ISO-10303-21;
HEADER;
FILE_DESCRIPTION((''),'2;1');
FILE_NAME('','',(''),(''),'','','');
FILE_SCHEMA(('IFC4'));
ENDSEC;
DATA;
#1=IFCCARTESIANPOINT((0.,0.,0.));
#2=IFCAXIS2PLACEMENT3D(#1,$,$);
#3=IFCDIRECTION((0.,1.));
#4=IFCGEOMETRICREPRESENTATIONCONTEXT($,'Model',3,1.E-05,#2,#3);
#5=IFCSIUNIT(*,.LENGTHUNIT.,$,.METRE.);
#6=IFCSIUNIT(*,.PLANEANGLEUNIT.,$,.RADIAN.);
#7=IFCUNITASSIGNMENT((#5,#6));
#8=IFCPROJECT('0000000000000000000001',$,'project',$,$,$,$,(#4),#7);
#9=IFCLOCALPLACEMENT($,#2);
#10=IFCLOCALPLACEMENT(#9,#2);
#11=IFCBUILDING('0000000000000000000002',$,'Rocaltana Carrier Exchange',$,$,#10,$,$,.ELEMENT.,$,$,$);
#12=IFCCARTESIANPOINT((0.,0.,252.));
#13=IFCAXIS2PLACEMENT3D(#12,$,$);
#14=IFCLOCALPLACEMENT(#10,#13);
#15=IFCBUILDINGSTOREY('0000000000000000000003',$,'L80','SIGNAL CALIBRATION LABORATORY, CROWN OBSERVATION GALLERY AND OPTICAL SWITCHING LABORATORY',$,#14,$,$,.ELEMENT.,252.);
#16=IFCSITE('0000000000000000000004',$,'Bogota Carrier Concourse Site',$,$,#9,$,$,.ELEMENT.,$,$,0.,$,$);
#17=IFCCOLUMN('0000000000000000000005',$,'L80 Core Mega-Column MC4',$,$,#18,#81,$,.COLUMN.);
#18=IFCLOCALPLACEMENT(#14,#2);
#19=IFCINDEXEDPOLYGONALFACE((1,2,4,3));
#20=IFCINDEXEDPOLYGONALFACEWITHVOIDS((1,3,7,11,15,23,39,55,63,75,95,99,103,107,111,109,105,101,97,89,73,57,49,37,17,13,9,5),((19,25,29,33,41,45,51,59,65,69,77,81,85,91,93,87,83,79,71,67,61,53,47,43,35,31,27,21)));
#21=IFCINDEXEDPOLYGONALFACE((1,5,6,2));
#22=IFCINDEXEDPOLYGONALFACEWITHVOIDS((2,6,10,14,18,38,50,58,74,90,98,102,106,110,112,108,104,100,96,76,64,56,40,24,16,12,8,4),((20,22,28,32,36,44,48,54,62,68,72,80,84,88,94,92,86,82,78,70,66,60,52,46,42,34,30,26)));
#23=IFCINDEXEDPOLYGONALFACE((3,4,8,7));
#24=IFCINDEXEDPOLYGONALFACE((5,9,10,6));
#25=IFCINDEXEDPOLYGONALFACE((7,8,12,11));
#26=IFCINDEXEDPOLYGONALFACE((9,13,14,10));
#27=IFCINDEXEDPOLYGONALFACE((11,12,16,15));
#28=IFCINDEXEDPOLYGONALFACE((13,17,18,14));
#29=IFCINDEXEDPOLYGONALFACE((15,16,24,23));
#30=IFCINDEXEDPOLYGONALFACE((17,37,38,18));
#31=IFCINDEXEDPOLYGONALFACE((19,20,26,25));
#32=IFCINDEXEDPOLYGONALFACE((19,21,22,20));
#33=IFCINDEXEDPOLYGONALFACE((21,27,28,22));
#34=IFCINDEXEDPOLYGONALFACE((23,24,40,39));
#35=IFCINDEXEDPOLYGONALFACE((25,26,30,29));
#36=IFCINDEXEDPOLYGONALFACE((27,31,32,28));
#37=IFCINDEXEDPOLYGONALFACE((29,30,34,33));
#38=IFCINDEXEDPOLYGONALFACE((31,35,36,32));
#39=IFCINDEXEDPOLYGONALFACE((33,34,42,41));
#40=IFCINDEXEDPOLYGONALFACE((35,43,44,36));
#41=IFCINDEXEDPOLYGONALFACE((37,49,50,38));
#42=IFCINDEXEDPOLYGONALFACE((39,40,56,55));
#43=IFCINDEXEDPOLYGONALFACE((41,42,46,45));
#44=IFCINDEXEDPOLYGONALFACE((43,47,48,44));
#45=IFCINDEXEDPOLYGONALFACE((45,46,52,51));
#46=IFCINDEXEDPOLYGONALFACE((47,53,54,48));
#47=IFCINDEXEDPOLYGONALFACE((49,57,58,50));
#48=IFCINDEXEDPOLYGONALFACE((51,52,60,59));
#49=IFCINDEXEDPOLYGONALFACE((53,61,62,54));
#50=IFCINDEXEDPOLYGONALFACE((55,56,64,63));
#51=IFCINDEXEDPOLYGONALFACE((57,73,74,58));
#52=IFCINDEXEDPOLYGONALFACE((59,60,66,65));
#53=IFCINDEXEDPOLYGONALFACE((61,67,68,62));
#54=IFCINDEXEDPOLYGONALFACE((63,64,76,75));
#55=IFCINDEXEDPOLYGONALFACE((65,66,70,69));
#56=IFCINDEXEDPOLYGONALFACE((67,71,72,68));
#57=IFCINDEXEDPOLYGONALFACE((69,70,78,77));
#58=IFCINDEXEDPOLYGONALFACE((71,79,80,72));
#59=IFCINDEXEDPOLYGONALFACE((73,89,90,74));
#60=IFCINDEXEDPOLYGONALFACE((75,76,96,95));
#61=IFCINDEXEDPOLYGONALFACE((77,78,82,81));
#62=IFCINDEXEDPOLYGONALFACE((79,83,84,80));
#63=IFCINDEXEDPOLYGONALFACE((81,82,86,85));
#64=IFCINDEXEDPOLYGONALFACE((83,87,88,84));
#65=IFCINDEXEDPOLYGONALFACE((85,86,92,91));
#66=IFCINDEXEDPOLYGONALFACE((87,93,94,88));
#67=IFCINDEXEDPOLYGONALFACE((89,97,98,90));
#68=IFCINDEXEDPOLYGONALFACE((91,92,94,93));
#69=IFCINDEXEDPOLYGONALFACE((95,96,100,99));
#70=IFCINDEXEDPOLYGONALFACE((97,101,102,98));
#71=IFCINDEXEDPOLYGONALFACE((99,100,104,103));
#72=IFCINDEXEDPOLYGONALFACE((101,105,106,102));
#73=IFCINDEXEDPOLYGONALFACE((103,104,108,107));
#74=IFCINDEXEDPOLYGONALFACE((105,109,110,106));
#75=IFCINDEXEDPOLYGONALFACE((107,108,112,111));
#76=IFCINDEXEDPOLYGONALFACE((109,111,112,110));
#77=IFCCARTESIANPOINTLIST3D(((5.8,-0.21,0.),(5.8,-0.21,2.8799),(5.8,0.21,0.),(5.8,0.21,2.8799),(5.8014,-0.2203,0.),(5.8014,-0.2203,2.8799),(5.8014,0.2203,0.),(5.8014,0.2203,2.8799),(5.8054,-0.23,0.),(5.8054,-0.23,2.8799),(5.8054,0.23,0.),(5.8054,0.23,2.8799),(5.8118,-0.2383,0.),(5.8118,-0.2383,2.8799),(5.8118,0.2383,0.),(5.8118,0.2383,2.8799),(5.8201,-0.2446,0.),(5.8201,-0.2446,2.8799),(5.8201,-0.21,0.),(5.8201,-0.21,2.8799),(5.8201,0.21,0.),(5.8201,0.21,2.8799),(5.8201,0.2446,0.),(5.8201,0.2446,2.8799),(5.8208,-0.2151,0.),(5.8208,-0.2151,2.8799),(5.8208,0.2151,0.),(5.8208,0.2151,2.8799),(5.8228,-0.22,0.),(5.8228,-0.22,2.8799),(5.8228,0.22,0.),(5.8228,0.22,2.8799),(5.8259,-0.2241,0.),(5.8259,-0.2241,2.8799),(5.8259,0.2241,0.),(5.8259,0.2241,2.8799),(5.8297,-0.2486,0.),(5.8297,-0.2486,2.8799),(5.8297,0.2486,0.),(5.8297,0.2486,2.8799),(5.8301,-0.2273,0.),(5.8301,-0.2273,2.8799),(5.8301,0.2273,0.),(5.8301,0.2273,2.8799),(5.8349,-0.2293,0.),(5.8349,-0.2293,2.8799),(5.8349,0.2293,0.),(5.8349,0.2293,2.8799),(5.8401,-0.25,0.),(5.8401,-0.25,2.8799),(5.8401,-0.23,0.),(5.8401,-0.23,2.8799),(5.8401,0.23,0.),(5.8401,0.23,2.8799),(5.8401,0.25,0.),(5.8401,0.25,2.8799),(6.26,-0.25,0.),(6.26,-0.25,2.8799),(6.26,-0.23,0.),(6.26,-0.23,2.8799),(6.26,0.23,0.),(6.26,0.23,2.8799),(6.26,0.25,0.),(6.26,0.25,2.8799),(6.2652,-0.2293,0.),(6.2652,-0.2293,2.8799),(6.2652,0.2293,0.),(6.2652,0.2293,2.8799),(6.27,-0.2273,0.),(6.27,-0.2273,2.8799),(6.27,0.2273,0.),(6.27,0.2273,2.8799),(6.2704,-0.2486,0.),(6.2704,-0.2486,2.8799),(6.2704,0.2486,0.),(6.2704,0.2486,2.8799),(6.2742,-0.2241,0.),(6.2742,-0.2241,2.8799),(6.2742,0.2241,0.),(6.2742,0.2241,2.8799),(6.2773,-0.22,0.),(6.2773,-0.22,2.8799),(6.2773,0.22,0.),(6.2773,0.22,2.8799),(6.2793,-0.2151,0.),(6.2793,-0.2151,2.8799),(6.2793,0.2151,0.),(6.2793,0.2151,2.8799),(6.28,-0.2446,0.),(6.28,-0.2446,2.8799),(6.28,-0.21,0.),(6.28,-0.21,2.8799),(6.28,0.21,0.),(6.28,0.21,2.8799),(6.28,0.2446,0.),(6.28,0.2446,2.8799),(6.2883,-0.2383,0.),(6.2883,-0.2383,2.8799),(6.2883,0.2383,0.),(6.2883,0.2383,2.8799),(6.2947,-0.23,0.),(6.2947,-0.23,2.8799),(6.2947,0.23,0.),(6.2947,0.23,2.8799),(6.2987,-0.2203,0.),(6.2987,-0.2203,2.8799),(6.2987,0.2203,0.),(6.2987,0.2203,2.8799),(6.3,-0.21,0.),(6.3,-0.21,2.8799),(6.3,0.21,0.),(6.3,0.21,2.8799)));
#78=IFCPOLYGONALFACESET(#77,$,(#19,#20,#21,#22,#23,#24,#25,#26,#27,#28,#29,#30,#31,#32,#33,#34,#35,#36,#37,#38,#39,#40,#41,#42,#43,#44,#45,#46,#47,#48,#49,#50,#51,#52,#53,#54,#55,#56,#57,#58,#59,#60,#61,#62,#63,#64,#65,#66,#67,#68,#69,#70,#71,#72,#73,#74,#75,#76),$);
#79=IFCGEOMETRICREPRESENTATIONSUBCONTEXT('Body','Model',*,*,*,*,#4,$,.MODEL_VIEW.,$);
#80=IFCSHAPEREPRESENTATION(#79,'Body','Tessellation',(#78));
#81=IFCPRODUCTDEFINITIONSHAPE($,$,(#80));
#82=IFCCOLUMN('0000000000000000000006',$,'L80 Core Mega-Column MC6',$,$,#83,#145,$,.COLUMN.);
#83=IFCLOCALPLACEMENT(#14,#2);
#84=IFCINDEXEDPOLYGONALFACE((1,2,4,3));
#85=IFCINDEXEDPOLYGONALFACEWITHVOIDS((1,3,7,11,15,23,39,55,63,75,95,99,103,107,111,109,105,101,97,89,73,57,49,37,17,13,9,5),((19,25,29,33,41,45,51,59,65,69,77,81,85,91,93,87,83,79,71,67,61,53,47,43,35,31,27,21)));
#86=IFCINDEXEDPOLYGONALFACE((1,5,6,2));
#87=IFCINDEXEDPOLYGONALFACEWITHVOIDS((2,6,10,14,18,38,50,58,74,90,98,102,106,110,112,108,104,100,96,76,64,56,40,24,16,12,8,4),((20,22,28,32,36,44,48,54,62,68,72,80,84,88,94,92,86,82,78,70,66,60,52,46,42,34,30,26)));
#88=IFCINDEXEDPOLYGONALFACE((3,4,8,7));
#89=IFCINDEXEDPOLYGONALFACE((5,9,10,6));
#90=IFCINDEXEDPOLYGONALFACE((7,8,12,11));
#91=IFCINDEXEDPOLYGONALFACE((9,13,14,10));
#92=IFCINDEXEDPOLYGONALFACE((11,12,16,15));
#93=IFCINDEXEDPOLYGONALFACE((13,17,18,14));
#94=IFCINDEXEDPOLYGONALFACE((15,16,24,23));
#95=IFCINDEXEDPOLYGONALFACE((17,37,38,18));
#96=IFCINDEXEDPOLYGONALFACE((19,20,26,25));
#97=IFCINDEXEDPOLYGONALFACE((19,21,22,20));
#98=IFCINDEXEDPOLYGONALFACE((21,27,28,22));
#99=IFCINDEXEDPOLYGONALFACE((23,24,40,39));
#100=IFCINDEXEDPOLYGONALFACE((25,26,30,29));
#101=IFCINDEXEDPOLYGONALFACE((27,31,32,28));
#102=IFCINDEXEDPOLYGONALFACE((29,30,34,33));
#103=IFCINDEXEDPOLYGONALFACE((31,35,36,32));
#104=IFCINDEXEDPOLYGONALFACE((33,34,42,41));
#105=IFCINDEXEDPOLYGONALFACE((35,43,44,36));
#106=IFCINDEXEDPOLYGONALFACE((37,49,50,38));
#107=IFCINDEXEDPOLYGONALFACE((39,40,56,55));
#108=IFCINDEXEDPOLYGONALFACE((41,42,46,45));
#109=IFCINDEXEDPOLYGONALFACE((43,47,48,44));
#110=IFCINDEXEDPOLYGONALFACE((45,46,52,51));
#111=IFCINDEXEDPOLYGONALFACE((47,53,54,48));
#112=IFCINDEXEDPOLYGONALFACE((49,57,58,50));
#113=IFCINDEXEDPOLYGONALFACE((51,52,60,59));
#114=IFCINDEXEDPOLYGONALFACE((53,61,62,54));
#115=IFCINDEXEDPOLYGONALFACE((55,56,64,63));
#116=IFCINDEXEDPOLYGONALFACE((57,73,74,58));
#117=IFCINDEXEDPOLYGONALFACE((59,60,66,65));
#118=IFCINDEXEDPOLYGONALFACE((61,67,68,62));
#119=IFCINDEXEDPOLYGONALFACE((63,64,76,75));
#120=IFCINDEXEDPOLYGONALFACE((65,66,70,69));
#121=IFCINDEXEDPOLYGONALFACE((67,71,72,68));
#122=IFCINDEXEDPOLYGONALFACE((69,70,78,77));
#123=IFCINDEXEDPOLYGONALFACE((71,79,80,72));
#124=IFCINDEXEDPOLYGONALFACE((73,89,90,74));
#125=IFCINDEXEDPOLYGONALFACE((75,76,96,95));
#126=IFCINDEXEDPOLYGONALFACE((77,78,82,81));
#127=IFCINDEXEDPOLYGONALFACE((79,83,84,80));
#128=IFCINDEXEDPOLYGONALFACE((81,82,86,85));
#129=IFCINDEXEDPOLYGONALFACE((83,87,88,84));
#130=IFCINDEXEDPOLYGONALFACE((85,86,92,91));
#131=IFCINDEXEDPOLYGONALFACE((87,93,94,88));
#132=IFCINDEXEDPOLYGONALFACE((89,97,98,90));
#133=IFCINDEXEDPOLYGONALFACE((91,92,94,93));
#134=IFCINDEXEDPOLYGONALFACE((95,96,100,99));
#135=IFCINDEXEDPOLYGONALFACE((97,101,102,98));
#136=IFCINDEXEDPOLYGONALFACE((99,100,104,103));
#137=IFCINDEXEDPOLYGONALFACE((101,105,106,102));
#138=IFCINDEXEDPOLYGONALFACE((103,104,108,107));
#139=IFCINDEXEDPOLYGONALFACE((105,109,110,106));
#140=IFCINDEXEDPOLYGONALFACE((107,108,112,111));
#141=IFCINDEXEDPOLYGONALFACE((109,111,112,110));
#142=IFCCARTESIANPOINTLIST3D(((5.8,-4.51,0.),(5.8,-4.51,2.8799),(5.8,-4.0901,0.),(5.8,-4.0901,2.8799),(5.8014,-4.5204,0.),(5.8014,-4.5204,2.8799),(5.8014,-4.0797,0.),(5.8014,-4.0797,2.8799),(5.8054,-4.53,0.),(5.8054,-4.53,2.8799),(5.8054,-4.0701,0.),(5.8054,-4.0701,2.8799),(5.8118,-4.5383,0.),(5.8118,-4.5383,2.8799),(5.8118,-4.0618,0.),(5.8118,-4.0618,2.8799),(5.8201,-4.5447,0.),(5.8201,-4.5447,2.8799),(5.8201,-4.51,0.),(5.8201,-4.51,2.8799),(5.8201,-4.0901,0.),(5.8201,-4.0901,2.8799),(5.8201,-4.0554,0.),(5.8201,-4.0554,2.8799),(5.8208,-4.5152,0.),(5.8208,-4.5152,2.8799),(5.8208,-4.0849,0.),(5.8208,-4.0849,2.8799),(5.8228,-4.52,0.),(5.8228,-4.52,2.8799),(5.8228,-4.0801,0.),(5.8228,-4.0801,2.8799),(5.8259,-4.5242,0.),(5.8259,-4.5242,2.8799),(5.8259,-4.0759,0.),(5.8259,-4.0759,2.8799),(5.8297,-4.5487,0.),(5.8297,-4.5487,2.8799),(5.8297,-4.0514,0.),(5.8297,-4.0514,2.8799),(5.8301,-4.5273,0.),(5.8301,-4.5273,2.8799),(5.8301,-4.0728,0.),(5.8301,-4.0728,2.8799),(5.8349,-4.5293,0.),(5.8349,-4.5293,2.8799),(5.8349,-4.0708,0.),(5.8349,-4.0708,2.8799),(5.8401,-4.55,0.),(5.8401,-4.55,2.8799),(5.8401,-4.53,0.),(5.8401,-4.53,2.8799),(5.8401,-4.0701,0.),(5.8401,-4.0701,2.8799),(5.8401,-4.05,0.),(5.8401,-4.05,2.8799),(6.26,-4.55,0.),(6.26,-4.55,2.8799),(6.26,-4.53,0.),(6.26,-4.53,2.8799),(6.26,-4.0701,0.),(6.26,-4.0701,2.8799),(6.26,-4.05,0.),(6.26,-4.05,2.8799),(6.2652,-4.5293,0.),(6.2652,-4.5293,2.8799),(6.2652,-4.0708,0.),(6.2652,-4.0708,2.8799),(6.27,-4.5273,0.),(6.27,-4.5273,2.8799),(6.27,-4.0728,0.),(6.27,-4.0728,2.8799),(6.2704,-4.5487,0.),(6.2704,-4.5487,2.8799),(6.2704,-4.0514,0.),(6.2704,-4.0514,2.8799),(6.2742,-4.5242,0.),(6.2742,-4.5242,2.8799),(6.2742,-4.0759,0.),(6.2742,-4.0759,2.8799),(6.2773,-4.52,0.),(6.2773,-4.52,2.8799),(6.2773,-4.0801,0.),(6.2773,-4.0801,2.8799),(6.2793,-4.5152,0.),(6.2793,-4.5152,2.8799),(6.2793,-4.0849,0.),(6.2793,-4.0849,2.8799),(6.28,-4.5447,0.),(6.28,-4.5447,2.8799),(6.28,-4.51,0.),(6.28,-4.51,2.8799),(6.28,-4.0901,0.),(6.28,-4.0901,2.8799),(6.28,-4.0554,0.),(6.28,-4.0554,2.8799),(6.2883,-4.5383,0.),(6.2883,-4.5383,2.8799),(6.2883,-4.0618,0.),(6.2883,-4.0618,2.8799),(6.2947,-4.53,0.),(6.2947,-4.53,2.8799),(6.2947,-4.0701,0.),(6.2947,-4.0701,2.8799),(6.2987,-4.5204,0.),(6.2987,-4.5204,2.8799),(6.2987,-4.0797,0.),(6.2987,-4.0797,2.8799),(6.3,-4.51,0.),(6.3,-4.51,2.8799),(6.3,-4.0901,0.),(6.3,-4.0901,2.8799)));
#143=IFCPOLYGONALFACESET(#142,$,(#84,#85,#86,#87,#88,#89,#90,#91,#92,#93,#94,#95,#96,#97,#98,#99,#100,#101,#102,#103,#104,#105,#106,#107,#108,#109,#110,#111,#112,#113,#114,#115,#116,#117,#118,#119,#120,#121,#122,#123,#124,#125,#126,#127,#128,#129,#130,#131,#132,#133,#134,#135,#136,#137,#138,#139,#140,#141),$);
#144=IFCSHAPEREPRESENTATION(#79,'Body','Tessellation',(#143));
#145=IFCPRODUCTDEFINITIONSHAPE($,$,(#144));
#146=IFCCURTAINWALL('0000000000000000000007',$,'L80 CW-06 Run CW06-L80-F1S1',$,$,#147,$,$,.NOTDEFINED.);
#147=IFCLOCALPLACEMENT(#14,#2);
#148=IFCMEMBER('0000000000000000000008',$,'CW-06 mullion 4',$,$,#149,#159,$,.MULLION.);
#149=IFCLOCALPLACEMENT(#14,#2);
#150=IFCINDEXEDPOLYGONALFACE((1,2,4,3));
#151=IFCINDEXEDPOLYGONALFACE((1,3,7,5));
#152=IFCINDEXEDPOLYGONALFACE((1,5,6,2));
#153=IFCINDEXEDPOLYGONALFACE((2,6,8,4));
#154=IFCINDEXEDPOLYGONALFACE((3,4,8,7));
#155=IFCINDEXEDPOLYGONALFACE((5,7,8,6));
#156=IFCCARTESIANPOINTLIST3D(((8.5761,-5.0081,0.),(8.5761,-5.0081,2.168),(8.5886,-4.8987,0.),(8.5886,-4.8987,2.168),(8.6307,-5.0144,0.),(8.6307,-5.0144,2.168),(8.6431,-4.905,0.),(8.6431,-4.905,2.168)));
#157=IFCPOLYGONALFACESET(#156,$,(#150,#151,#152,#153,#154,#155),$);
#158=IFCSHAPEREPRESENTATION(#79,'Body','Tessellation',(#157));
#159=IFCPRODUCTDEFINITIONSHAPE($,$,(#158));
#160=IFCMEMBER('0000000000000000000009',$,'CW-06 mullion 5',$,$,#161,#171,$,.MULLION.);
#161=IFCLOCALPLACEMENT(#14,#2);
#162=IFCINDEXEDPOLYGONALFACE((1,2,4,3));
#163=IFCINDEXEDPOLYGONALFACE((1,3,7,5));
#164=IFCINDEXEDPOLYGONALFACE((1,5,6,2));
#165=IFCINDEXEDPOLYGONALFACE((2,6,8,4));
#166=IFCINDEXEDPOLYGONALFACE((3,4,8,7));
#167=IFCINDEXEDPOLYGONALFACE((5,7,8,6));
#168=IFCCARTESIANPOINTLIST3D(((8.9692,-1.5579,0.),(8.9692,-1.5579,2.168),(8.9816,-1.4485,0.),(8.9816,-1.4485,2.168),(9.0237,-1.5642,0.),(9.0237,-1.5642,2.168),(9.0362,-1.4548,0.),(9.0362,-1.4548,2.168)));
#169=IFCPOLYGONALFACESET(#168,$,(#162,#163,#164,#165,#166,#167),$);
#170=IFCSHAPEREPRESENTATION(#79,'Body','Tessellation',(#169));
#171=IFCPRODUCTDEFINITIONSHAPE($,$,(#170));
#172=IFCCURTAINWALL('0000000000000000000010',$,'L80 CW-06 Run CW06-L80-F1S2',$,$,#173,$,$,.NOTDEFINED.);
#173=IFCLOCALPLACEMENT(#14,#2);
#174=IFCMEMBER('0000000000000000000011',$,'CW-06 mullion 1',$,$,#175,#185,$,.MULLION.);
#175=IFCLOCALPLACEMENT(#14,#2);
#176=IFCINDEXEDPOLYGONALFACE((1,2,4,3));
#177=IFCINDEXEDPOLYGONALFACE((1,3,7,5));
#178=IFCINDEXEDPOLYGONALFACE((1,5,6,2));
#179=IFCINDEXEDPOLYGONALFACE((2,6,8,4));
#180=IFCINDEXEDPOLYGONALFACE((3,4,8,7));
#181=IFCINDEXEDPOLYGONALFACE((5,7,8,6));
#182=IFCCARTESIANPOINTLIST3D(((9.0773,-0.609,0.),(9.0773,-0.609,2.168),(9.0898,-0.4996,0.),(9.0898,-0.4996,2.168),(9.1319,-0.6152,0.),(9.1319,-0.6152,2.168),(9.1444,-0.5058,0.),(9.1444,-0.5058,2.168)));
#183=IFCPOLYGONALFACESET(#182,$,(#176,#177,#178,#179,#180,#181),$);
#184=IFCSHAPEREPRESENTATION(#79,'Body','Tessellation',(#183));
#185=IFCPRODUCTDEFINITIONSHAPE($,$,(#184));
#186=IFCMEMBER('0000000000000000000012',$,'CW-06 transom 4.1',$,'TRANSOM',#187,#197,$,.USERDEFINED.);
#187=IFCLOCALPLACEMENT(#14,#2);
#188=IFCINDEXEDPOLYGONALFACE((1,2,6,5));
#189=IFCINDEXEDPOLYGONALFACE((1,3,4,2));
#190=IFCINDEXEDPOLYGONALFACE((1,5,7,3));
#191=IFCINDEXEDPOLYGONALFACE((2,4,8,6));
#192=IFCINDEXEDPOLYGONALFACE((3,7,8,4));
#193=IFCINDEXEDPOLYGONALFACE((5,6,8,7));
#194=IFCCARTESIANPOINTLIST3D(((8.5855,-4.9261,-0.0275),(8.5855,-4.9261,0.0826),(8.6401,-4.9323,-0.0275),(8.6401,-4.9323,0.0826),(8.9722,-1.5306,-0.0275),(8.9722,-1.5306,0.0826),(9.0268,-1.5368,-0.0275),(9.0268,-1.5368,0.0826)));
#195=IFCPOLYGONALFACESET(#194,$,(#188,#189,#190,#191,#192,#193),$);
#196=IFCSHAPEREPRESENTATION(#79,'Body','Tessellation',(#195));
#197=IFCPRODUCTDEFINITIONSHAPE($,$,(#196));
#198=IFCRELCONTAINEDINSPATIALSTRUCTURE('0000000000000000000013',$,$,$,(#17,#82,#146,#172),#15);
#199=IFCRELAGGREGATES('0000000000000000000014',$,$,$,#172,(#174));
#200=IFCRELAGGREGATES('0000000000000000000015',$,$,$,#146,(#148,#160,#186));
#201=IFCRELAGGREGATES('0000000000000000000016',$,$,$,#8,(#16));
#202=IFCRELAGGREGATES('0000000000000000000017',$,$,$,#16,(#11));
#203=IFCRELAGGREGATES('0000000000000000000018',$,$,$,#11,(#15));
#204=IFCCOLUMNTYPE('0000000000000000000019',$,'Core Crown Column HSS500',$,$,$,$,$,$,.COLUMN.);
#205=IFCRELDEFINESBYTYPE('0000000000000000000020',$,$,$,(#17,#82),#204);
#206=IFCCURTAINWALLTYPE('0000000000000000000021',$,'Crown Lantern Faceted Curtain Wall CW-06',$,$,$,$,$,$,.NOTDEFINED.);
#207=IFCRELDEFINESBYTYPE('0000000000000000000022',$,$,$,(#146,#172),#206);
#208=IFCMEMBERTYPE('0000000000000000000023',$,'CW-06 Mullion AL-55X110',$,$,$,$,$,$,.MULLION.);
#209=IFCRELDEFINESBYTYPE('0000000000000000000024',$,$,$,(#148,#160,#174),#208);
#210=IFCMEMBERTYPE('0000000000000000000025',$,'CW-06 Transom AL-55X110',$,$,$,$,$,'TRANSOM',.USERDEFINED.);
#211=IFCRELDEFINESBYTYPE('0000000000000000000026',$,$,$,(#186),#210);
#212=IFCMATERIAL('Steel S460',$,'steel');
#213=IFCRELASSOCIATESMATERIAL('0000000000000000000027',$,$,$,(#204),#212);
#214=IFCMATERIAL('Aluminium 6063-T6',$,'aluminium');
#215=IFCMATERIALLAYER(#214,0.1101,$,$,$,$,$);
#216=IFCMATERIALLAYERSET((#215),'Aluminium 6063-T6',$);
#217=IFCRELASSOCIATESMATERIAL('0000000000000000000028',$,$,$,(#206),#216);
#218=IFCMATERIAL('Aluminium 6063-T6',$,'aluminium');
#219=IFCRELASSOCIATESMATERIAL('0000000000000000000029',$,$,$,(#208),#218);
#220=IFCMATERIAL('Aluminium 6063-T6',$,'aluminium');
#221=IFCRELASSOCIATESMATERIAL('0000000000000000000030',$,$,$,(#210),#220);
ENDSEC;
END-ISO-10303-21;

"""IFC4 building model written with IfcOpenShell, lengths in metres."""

from ifc_helpers import new_model, si_unit, direction, frame, origin, origin_2d, place, context, subcontext, project, spatial, rectangle, hollow_rectangle, extrude, material, layer, layer_set, material_profile, profile_set, type_object, element, aggregate, save


model = new_model("IFC4")

# Units and contexts
model_context = context("Model", 3, precision=1e-05, world=origin(), true_north=direction((0.0, 1.0)))
body_context = subcontext(model_context, "Body", "Model", "MODEL_VIEW")
ifc_project = project(units=[si_unit("LENGTHUNIT", "METRE"), si_unit("PLANEANGLEUNIT", "RADIAN")], contexts=[model_context])

# Site, building, storey
site_placement = place(None, origin())
site = spatial("IfcSite", under=ifc_project, at=site_placement, Name="Bogota Carrier Concourse Site", CompositionType="ELEMENT", RefElevation=0.0)
building_placement = place(site_placement, origin())
building = spatial("IfcBuilding", under=site, at=building_placement, Name="Rocaltana Carrier Exchange", CompositionType="ELEMENT")
storey_placement = place(building_placement, frame((0.0, 0.0, 252.0)))
storey = spatial("IfcBuildingStorey", under=building, at=storey_placement, Name="L80", Description="SIGNAL CALIBRATION LABORATORY, CROWN OBSERVATION GALLERY AND OPTICAL SWITCHING LABORATORY", CompositionType="ELEMENT", Elevation=252.0)

# Columns
ifc_material_1 = material(Name="Steel S460", Category="steel")
ifc_material_profile_1 = material_profile(ifc_material_1, hollow_rectangle(XDim=0.5, YDim=0.5, WallThickness=0.02, InnerFilletRadius=0.02, OuterFilletRadius=0.04, at=origin_2d()), Name="HSS500X500X20")
ifc_profile_set_1 = profile_set([ifc_material_profile_1], Name="Steel S460")
column_type = type_object("IfcColumnType", Name="Core Crown Column HSS500", PredefinedType="COLUMN", material=ifc_profile_set_1)
for number, where, z_axis, x_axis, name in (
    (1, (6.05, 0.0, 0.0), (0.0, 0.0, 1.0), (1.0, 0.0, 0.0), "L80 Core Mega-Column MC4"),
    (2, (6.05, -4.3, 0.0), (0.0, 0.0, 1.0), (1.0, 0.0, 0.0), "L80 Core Mega-Column MC6"),
):
    element("IfcColumn", number, at=place(storey_placement, frame(where, z_axis=z_axis, x_axis=x_axis)), inside=storey, type_object=column_type, Name=name, PredefinedType="COLUMN", context=body_context, shape_type="SweptSolid", body=[
        extrude(hollow_rectangle(XDim=0.5, YDim=0.5, WallThickness=0.02, InnerFilletRadius=0.02, OuterFilletRadius=0.04, at=origin_2d()), origin(), (0.0, 0.0, 1.0), 2.8799),
    ])

# Curtain wall, members
ifc_material_2 = material(Name="Aluminium 6063-T6", Category="aluminium")
ifc_layer_1 = layer(ifc_material_2, 0.1101)
ifc_layer_set_1 = layer_set([ifc_layer_1], Name="Aluminium 6063-T6")
curtain_wall_type = type_object("IfcCurtainWallType", Name="Crown Lantern Faceted Curtain Wall CW-06", PredefinedType="NOTDEFINED", material=ifc_layer_set_1)
curtain_wall_1_placement = place(storey_placement, origin())
curtain_wall_1 = element("IfcCurtainWall", 3, at=curtain_wall_1_placement, inside=storey, type_object=curtain_wall_type, Name="L80 CW-06 Run CW06-L80-F1S1", PredefinedType="NOTDEFINED")
ifc_material_3 = material(Name="Aluminium 6063-T6", Category="aluminium")
ifc_material_profile_2 = material_profile(ifc_material_3, rectangle(XDim=0.0549, YDim=0.1101, at=origin_2d()), Name="AL-55X110")
ifc_profile_set_2 = profile_set([ifc_material_profile_2], Name="Aluminium 6063-T6")
member_type_1 = type_object("IfcMemberType", Name="CW-06 Mullion AL-55X110", PredefinedType="MULLION", material=ifc_profile_set_2)
member_1_placement = place(storey_placement, frame((8.6096, -4.9565, 0.0), z_axis=(0.0, 0.0, 1.0), x_axis=(-0.993572, 0.1132, 0.0)))
member_1 = element("IfcMember", 4, at=member_1_placement, type_object=member_type_1, Name="CW-06 mullion 4", PredefinedType="MULLION", context=body_context, shape_type="SweptSolid", body=[
    extrude(rectangle(XDim=0.0549, YDim=0.1101, at=origin_2d()), origin(), (0.0, 0.0, 1.0), 2.168),
])
member_2_placement = place(storey_placement, frame((9.0027, -1.5063, 0.0), z_axis=(0.0, 0.0, 1.0), x_axis=(-0.993572, 0.1132, 0.0)))
member_2 = element("IfcMember", 5, at=member_2_placement, type_object=member_type_1, Name="CW-06 mullion 5", PredefinedType="MULLION", context=body_context, shape_type="SweptSolid", body=[
    extrude(rectangle(XDim=0.0549, YDim=0.1101, at=origin_2d()), origin(), (0.0, 0.0, 1.0), 2.168),
])

# Curtain wall, member
curtain_wall_2_placement = place(storey_placement, origin())
curtain_wall_2 = element("IfcCurtainWall", 6, at=curtain_wall_2_placement, inside=storey, type_object=curtain_wall_type, Name="L80 CW-06 Run CW06-L80-F1S2", PredefinedType="NOTDEFINED")
member_3_placement = place(storey_placement, frame((9.1108, -0.5574, 0.0), z_axis=(0.0, 0.0, 1.0), x_axis=(-0.993572, 0.1132, 0.0)))
member_3 = element("IfcMember", 7, at=member_3_placement, type_object=member_type_1, Name="CW-06 mullion 1", PredefinedType="MULLION", context=body_context, shape_type="SweptSolid", body=[
    extrude(rectangle(XDim=0.0549, YDim=0.1101, at=origin_2d()), origin(), (0.0, 0.0, 1.0), 2.168),
])

# Member
ifc_material_4 = material(Name="Aluminium 6063-T6", Category="aluminium")
ifc_material_profile_3 = material_profile(ifc_material_4, rectangle(XDim=0.0549, YDim=0.1101, at=origin_2d()), Name="AL-55X110")
ifc_profile_set_3 = profile_set([ifc_material_profile_3], Name="Aluminium 6063-T6")
member_type_2 = type_object("IfcMemberType", Name="CW-06 Transom AL-55X110", ElementType="TRANSOM", PredefinedType="USERDEFINED", material=ifc_profile_set_3)
member_4_placement = place(storey_placement, frame((8.6128, -4.9292, 0.0276), z_axis=(0.11316, 0.993577, 0.0), x_axis=(-0.993577, 0.11316, 0.0)))
member_4 = element("IfcMember", 8, at=member_4_placement, type_object=member_type_2, Name="CW-06 transom 4.1", ObjectType="TRANSOM", PredefinedType="USERDEFINED", context=body_context, shape_type="SweptSolid", body=[
    extrude(rectangle(XDim=0.0549, YDim=0.1101, at=origin_2d()), origin(), (0.0, 0.0, 1.0), 3.4175),
])
aggregate(curtain_wall_2, [member_3])

aggregate(curtain_wall_1, [member_1, member_2, member_4])

save(model, "model.ifc")
